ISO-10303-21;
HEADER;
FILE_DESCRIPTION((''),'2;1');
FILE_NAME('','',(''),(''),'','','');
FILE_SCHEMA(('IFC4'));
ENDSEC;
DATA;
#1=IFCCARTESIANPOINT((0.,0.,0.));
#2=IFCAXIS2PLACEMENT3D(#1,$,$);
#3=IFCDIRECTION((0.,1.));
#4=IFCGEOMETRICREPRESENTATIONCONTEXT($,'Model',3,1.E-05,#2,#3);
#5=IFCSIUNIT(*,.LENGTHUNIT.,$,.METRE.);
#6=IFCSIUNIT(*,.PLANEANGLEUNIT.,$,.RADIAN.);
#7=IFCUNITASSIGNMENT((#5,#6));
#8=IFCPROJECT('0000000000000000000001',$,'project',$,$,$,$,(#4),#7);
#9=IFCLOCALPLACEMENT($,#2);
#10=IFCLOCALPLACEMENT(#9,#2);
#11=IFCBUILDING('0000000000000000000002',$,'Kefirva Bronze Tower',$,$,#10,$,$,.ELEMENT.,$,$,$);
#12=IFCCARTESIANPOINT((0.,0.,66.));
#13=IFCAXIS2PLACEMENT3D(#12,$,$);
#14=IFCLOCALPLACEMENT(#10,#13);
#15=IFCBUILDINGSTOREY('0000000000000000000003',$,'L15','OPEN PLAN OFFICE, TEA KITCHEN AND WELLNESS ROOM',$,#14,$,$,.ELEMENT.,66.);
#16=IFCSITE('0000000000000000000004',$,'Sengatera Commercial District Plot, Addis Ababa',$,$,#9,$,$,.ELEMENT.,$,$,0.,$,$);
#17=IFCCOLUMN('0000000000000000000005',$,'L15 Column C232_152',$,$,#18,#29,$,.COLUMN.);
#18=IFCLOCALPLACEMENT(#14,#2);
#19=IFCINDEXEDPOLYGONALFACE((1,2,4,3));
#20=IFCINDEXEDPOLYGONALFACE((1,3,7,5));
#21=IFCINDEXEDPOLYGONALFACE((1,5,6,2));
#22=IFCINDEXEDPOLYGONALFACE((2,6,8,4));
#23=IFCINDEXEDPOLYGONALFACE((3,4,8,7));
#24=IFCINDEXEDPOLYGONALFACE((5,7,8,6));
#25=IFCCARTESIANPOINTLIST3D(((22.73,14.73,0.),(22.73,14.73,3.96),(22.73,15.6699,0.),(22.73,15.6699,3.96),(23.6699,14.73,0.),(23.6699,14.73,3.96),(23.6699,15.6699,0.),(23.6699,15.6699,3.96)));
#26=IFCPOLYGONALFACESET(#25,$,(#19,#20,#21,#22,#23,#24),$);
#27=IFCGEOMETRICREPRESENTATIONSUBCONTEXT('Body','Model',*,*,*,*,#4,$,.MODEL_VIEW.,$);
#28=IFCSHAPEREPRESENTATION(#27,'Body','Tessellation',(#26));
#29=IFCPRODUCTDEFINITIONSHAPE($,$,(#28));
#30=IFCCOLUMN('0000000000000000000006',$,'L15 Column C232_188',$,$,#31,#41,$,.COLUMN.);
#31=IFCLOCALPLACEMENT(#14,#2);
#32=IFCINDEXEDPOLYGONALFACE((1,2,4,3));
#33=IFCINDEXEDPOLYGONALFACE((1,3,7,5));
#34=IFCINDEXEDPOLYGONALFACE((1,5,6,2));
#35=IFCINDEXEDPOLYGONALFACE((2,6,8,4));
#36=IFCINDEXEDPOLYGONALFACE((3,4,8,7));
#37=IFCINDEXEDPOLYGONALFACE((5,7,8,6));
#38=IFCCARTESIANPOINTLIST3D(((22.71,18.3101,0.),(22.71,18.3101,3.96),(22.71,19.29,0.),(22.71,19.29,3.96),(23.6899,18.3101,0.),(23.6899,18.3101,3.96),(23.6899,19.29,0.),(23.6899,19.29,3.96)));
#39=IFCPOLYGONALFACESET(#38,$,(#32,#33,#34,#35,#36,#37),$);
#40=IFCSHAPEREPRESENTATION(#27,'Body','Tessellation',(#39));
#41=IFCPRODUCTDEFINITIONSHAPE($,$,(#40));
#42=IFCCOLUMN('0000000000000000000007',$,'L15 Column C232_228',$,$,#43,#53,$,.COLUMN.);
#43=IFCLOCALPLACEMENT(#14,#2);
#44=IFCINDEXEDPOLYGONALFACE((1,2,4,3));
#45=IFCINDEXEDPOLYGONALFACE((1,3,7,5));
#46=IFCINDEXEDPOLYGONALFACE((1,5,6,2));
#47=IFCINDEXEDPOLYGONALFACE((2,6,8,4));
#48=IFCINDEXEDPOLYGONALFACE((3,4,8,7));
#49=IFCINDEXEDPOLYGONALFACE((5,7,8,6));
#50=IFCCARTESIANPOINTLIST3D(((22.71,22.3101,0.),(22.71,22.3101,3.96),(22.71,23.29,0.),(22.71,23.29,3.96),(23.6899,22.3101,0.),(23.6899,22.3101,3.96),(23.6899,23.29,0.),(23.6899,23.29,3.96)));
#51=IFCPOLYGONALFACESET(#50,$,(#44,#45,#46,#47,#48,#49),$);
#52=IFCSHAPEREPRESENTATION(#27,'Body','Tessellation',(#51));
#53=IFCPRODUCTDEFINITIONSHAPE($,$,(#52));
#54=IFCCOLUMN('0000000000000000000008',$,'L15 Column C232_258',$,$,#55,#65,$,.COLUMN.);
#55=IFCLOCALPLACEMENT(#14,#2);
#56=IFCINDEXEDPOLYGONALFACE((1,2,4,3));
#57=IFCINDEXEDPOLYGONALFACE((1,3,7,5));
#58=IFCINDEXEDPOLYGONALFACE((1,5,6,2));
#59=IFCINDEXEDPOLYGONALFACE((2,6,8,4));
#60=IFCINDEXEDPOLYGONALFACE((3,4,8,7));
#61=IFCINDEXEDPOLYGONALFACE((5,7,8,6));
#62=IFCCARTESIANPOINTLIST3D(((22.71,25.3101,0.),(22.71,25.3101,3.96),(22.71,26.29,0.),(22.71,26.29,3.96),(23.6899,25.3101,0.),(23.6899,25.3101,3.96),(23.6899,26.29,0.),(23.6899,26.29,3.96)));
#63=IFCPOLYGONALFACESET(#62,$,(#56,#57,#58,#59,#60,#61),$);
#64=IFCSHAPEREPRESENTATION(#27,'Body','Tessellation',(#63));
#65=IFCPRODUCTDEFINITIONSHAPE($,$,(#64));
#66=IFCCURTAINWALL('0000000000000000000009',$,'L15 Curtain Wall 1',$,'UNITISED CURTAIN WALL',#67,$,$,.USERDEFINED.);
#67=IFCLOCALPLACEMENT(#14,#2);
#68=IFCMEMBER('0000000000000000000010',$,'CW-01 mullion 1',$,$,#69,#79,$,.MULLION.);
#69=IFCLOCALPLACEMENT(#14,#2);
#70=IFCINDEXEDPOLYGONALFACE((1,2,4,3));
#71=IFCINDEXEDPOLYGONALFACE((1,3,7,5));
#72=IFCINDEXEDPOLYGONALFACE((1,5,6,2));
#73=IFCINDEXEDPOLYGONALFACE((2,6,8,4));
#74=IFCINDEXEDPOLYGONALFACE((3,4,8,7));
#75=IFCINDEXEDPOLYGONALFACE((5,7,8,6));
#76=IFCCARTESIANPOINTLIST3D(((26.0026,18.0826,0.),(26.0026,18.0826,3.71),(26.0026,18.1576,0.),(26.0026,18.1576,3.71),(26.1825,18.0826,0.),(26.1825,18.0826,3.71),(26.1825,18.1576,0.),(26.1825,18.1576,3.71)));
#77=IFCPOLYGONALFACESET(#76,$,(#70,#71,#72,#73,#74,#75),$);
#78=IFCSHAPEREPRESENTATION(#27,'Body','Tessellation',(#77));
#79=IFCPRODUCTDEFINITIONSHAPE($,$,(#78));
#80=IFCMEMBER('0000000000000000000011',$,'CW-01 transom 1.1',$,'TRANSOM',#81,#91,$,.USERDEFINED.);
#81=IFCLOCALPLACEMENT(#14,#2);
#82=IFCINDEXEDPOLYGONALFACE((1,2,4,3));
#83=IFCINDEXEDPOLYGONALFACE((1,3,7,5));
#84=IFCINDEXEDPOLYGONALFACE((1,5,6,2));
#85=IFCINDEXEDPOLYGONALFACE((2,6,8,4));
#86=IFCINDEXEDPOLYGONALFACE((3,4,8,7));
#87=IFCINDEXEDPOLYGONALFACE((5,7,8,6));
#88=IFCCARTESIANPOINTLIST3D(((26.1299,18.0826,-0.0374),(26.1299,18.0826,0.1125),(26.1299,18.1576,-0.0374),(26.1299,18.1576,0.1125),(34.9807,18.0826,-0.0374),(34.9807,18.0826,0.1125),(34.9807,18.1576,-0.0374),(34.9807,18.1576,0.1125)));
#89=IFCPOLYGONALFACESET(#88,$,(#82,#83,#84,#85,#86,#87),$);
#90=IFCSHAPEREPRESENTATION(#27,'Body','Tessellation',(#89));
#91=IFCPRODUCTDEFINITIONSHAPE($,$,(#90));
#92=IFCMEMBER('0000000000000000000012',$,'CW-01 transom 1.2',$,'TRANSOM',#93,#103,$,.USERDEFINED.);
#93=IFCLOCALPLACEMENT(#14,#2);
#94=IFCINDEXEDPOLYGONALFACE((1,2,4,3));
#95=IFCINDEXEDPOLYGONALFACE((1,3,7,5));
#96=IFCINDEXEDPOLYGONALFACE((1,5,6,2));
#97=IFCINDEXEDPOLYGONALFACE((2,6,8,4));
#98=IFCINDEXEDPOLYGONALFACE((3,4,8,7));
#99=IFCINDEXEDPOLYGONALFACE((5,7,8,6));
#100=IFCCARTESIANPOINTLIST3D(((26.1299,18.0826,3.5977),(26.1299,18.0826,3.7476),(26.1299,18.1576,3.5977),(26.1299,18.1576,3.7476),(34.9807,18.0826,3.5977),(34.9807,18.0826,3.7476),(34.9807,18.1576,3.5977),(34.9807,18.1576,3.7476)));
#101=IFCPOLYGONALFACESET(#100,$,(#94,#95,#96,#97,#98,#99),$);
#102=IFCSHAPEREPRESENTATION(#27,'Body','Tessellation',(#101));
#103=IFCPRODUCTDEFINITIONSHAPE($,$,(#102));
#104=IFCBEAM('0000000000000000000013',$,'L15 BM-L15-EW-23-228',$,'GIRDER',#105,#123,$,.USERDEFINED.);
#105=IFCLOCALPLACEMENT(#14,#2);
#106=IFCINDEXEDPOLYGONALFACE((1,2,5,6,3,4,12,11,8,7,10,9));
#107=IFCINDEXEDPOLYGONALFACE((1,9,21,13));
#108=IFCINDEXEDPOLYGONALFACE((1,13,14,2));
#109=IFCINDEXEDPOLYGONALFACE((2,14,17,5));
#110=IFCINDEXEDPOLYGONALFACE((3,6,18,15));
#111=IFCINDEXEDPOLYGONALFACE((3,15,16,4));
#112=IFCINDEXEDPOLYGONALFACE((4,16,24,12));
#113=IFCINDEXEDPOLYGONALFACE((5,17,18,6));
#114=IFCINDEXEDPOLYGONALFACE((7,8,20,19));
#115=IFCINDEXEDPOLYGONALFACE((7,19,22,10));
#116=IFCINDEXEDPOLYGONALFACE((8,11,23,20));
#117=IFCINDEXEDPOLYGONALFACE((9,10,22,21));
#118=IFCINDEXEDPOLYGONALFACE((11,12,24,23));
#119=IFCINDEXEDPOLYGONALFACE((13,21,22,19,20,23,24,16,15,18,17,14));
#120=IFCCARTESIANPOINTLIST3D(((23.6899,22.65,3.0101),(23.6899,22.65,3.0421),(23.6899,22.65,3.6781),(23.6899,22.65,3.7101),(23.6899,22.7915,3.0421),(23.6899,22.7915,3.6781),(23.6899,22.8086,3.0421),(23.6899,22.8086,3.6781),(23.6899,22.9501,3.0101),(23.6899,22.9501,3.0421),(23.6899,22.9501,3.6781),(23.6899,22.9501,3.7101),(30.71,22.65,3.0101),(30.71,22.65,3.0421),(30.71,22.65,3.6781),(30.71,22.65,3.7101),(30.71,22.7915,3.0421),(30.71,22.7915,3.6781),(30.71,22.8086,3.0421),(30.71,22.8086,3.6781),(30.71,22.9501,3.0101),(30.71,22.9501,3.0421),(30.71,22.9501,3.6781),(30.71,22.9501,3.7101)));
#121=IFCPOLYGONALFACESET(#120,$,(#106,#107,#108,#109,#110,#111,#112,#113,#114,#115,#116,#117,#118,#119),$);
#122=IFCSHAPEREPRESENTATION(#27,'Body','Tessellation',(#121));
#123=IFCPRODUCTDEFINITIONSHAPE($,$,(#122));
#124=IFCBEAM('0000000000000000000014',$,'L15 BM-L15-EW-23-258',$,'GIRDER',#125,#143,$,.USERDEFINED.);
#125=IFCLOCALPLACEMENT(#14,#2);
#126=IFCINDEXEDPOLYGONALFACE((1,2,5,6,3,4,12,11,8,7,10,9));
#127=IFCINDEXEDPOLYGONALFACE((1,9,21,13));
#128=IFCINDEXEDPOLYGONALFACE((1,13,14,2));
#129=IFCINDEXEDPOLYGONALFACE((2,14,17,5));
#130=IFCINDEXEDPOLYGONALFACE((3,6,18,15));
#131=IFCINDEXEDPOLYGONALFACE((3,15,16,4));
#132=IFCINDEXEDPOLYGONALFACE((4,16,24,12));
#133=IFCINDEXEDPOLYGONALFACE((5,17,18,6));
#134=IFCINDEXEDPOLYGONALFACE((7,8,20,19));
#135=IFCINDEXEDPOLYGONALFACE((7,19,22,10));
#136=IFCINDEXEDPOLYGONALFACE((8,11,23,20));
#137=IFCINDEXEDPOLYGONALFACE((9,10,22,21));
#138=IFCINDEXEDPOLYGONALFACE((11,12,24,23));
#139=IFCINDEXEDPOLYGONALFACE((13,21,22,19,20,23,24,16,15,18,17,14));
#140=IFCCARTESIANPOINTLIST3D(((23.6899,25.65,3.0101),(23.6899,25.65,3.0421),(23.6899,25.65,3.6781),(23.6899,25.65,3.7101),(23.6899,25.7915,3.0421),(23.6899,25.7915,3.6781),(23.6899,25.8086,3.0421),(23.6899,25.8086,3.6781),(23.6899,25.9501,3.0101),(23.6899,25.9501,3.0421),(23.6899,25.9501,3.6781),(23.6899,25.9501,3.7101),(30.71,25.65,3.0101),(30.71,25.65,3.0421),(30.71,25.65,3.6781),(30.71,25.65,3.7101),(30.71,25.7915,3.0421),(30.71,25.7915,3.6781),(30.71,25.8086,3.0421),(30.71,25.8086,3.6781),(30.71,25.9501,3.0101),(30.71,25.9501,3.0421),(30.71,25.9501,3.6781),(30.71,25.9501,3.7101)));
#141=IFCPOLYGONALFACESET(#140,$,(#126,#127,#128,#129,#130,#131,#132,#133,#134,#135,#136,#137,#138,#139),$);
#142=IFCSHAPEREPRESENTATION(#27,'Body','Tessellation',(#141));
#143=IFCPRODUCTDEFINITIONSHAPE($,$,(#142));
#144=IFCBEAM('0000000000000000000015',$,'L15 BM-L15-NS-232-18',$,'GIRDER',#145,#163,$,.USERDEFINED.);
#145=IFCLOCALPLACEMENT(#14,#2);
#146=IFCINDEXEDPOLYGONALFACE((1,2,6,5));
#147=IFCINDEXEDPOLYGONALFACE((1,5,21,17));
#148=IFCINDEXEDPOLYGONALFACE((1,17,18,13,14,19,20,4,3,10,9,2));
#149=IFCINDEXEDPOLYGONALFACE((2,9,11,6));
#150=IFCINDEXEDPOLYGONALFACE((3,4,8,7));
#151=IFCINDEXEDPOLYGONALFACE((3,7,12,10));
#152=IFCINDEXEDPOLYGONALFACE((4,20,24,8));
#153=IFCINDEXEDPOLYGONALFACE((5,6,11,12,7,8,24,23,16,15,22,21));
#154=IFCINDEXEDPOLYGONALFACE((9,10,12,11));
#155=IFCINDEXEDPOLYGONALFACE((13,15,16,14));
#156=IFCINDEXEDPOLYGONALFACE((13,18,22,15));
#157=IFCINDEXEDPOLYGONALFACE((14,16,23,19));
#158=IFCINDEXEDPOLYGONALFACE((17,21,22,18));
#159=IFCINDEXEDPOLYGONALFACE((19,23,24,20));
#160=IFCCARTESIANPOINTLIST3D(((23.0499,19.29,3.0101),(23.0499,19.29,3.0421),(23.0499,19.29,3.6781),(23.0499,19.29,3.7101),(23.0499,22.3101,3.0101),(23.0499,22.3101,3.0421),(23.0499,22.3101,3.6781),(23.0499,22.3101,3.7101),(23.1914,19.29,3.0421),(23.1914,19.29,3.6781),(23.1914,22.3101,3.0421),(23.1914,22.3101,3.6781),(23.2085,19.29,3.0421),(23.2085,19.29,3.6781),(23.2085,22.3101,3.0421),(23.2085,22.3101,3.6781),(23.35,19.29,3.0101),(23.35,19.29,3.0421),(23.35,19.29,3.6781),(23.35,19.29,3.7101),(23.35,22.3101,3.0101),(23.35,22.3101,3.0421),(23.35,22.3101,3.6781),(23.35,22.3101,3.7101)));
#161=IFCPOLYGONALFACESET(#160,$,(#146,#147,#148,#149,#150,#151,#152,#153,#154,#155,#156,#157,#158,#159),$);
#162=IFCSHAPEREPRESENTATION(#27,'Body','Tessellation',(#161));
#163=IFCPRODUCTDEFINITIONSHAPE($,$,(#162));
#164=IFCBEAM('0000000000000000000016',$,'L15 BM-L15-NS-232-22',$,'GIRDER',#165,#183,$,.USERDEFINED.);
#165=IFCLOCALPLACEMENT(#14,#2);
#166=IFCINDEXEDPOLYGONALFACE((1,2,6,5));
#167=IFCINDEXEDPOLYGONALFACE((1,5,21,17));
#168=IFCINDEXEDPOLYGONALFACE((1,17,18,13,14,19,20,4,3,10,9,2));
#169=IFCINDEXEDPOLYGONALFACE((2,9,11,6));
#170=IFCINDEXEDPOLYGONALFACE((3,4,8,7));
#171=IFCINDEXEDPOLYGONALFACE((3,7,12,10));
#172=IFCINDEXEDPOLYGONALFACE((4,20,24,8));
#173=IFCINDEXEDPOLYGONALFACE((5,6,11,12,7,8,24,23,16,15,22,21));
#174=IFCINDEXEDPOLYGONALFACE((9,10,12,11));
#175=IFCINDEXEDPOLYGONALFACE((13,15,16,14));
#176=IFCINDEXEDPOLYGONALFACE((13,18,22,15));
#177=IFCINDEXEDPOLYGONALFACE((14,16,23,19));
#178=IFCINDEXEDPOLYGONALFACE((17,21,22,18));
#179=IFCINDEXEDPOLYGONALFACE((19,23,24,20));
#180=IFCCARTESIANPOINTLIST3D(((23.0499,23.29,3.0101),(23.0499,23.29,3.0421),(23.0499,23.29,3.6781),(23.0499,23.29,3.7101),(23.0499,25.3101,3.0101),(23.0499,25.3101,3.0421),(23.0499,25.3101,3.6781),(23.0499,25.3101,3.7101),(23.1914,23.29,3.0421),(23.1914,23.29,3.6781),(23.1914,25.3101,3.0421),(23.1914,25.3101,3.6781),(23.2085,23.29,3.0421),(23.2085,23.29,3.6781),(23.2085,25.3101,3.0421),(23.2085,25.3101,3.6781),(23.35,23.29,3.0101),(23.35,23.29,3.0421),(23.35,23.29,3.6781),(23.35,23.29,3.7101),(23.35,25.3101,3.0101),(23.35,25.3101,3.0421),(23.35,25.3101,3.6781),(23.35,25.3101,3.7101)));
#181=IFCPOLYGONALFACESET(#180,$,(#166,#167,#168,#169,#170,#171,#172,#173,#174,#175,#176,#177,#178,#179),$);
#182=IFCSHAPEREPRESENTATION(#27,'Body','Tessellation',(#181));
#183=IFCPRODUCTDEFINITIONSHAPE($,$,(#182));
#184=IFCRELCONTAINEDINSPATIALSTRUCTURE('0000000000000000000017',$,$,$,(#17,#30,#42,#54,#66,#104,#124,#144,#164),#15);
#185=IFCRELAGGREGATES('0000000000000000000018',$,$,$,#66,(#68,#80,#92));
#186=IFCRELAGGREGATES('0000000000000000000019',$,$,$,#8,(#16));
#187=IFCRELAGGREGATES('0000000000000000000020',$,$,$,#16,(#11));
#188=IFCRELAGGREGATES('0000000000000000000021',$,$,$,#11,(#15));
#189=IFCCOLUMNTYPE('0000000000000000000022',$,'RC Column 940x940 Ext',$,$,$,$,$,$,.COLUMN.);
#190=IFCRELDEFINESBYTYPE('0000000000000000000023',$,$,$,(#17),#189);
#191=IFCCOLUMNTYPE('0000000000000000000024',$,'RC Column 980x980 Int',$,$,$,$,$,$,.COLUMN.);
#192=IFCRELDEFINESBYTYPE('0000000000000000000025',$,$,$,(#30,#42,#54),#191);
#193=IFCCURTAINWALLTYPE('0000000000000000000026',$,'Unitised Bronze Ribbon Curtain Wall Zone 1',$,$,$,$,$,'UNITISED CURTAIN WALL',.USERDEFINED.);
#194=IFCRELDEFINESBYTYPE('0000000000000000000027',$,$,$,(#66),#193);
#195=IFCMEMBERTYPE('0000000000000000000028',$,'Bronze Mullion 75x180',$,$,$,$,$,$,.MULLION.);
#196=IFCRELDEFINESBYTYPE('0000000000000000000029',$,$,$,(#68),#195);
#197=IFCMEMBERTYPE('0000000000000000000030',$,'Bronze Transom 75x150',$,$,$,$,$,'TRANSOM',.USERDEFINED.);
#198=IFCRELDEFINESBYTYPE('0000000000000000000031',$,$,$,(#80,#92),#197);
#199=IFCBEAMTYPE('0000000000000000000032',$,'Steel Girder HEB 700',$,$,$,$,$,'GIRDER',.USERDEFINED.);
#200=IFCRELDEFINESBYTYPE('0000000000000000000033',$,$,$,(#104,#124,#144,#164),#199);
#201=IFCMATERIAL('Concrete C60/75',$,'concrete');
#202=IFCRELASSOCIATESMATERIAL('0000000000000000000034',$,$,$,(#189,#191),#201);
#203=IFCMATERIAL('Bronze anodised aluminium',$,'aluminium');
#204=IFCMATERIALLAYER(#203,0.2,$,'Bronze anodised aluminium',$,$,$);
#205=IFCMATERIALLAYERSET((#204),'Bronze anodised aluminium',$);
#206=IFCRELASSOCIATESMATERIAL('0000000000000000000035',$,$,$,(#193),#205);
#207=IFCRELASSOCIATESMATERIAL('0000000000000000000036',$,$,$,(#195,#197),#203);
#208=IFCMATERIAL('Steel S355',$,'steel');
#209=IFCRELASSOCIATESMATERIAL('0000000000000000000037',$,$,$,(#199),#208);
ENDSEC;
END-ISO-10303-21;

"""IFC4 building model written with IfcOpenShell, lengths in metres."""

from ifc_helpers import new_model, si_unit, direction, frame, origin, origin_2d, place, context, subcontext, project, spatial, rectangle, i_section, extrude, material, layer, layer_set, material_profile, profile_set, type_object, element, aggregate, save


model = new_model("IFC4")

# Units and contexts
model_context = context("Model", 3, precision=1e-05, world=origin(), true_north=direction((0.0, 1.0)))
body_context = subcontext(model_context, "Body", "Model", "MODEL_VIEW")
ifc_project = project(units=[si_unit("LENGTHUNIT", "METRE"), si_unit("PLANEANGLEUNIT", "RADIAN")], contexts=[model_context])

# Site, building, storey
site_placement = place(None, origin())
site = spatial("IfcSite", under=ifc_project, at=site_placement, Name="Sengatera Commercial District Plot, Addis Ababa", CompositionType="ELEMENT", RefElevation=0.0)
building_placement = place(site_placement, origin())
building = spatial("IfcBuilding", under=site, at=building_placement, Name="Kefirva Bronze Tower", CompositionType="ELEMENT")
storey_placement = place(building_placement, frame((0.0, 0.0, 66.0)))
storey = spatial("IfcBuildingStorey", under=building, at=storey_placement, Name="L15", Description="OPEN PLAN OFFICE, TEA KITCHEN AND WELLNESS ROOM", CompositionType="ELEMENT", Elevation=66.0)

# Columns
ifc_material_1 = material(Name="Concrete C60/75", Category="concrete")
ifc_material_profile_1 = material_profile(ifc_material_1, rectangle(XDim=0.9399, YDim=0.9399, at=origin_2d()), Name="RC 940x940")
ifc_profile_set_1 = profile_set([ifc_material_profile_1], Name="Concrete C60/75")
column_type_1 = type_object("IfcColumnType", Name="RC Column 940x940 Ext", PredefinedType="COLUMN", material=ifc_profile_set_1)
column_placement = place(storey_placement, frame((23.2, 15.2, 0.0), z_axis=(0.0, 0.0, 1.0), x_axis=(1.0, 0.0, 0.0)))
element("IfcColumn", 1, at=column_placement, inside=storey, type_object=column_type_1, Name="L15 Column C232_152", PredefinedType="COLUMN", context=body_context, shape_type="SweptSolid", body=[
    extrude(rectangle(XDim=0.9399, YDim=0.9399, at=origin_2d()), origin(), (0.0, 0.0, 1.0), 3.96),
])
ifc_material_profile_2 = material_profile(ifc_material_1, rectangle(XDim=0.98, YDim=0.98, at=origin_2d()), Name="RC 980x980")
ifc_profile_set_2 = profile_set([ifc_material_profile_2], Name="Concrete C60/75")
column_type_2 = type_object("IfcColumnType", Name="RC Column 980x980 Int", PredefinedType="COLUMN", material=ifc_profile_set_2)
for number, where, z_axis, x_axis, name in (
    (2, (23.2, 18.8, 0.0), (0.0, 0.0, 1.0), (1.0, 0.0, 0.0), "L15 Column C232_188"),
    (3, (23.2, 22.8, 0.0), (0.0, 0.0, 1.0), (1.0, 0.0, 0.0), "L15 Column C232_228"),
    (4, (23.2, 25.8, 0.0), (0.0, 0.0, 1.0), (1.0, 0.0, 0.0), "L15 Column C232_258"),
):
    element("IfcColumn", number, at=place(storey_placement, frame(where, z_axis=z_axis, x_axis=x_axis)), inside=storey, type_object=column_type_2, Name=name, PredefinedType="COLUMN", context=body_context, shape_type="SweptSolid", body=[
        extrude(rectangle(XDim=0.98, YDim=0.98, at=origin_2d()), origin(), (0.0, 0.0, 1.0), 3.96),
    ])

# Curtain wall, members
ifc_material_2 = material(Name="Bronze anodised aluminium", Category="aluminium")
ifc_layer_1 = layer(ifc_material_2, 0.2, Name="Bronze anodised aluminium")
ifc_layer_set_1 = layer_set([ifc_layer_1], Name="Bronze anodised aluminium")
curtain_wall_type = type_object("IfcCurtainWallType", Name="Unitised Bronze Ribbon Curtain Wall Zone 1", ElementType="UNITISED CURTAIN WALL", PredefinedType="USERDEFINED", material=ifc_layer_set_1)
curtain_wall_placement = place(storey_placement, origin())
curtain_wall = element("IfcCurtainWall", 5, at=curtain_wall_placement, inside=storey, type_object=curtain_wall_type, Name="L15 Curtain Wall 1", ObjectType="UNITISED CURTAIN WALL", PredefinedType="USERDEFINED")
ifc_material_profile_3 = material_profile(ifc_material_2, rectangle(XDim=0.075, YDim=0.1799, at=origin_2d()), Name="ALU 75x180")
ifc_profile_set_3 = profile_set([ifc_material_profile_3], Name="Bronze anodised aluminium")
member_type_1 = type_object("IfcMemberType", Name="Bronze Mullion 75x180", PredefinedType="MULLION", material=ifc_profile_set_3)
member_1_placement = place(storey_placement, frame((26.0925, 18.1201, 0.0), z_axis=(0.0, 0.0, 1.0), x_axis=(0.0, 1.0, 0.0)))
member_1 = element("IfcMember", 6, at=member_1_placement, type_object=member_type_1, Name="CW-01 mullion 1", PredefinedType="MULLION", context=body_context, shape_type="SweptSolid", body=[
    extrude(rectangle(XDim=0.075, YDim=0.1799, at=origin_2d()), origin(), (0.0, 0.0, 1.0), 3.71),
])
ifc_material_profile_4 = material_profile(ifc_material_2, rectangle(XDim=0.075, YDim=0.1499, at=origin_2d()), Name="ALU 75x150")
ifc_profile_set_4 = profile_set([ifc_material_profile_4], Name="Bronze anodised aluminium")
member_type_2 = type_object("IfcMemberType", Name="Bronze Transom 75x150", ElementType="TRANSOM", PredefinedType="USERDEFINED", material=ifc_profile_set_4)
member_2_placement = place(storey_placement, frame((26.1299, 18.1201, 0.0376), z_axis=(1.0, 0.0, 0.0), x_axis=(0.0, 1.0, 0.0)))
member_2 = element("IfcMember", 7, at=member_2_placement, type_object=member_type_2, Name="CW-01 transom 1.1", ObjectType="TRANSOM", PredefinedType="USERDEFINED", context=body_context, shape_type="SweptSolid", body=[
    extrude(rectangle(XDim=0.075, YDim=0.1499, at=origin_2d()), origin(), (0.0, 0.0, 1.0), 8.8508),
])
member_3_placement = place(storey_placement, frame((26.1299, 18.1201, 3.6726), z_axis=(1.0, 0.0, 0.0), x_axis=(0.0, 1.0, 0.0)))
member_3 = element("IfcMember", 8, at=member_3_placement, type_object=member_type_2, Name="CW-01 transom 1.2", ObjectType="TRANSOM", PredefinedType="USERDEFINED", context=body_context, shape_type="SweptSolid", body=[
    extrude(rectangle(XDim=0.075, YDim=0.1499, at=origin_2d()), origin(), (0.0, 0.0, 1.0), 8.8508),
])

# Beams
ifc_material_3 = material(Name="Steel S355", Category="steel")
ifc_material_profile_5 = material_profile(ifc_material_3, i_section(OverallWidth=0.3, OverallDepth=0.7, WebThickness=0.0171, FlangeThickness=0.032, at=origin_2d()), Name="HEB 700")
ifc_profile_set_5 = profile_set([ifc_material_profile_5], Name="Steel S355")
beam_type_1 = type_object("IfcBeamType", Name="Steel Girder HEB 700", ElementType="GIRDER", PredefinedType="USERDEFINED", material=ifc_profile_set_5)
for number, where, z_axis, x_axis, name in (
    (9, (23.6899, 22.8, 3.3601), (1.0, 0.0, 0.0), (0.0, 1.0, 0.0), "L15 BM-L15-EW-23-228"),
    (10, (23.6899, 25.8, 3.3601), (1.0, 0.0, 0.0), (0.0, 1.0, 0.0), "L15 BM-L15-EW-23-258"),
):
    element("IfcBeam", number, at=place(storey_placement, frame(where, z_axis=z_axis, x_axis=x_axis)), inside=storey, type_object=beam_type_1, Name=name, ObjectType="GIRDER", PredefinedType="USERDEFINED", context=body_context, shape_type="SweptSolid", body=[
        extrude(i_section(OverallWidth=0.3, OverallDepth=0.7, WebThickness=0.0171, FlangeThickness=0.032, at=origin_2d()), origin(), (0.0, 0.0, 1.0), 7.02),
    ])
beam_1_placement = place(storey_placement, frame((23.2, 19.29, 3.3601), z_axis=(0.0, 1.0, 0.0), x_axis=(-1.0, 0.0, 0.0)))
element("IfcBeam", 11, at=beam_1_placement, inside=storey, type_object=beam_type_1, Name="L15 BM-L15-NS-232-18", ObjectType="GIRDER", PredefinedType="USERDEFINED", context=body_context, shape_type="SweptSolid", body=[
    extrude(i_section(OverallWidth=0.3, OverallDepth=0.7, WebThickness=0.0171, FlangeThickness=0.032, at=origin_2d()), origin(), (0.0, 0.0, 1.0), 3.02),
])
beam_2_placement = place(storey_placement, frame((23.2, 23.29, 3.3601), z_axis=(0.0, 1.0, 0.0), x_axis=(-1.0, 0.0, 0.0)))
element("IfcBeam", 12, at=beam_2_placement, inside=storey, type_object=beam_type_1, Name="L15 BM-L15-NS-232-22", ObjectType="GIRDER", PredefinedType="USERDEFINED", context=body_context, shape_type="SweptSolid", body=[
    extrude(i_section(OverallWidth=0.3, OverallDepth=0.7, WebThickness=0.0171, FlangeThickness=0.032, at=origin_2d()), origin(), (0.0, 0.0, 1.0), 2.02),
])

aggregate(curtain_wall, [member_1, member_2, member_3])

save(model, "model.ifc")
